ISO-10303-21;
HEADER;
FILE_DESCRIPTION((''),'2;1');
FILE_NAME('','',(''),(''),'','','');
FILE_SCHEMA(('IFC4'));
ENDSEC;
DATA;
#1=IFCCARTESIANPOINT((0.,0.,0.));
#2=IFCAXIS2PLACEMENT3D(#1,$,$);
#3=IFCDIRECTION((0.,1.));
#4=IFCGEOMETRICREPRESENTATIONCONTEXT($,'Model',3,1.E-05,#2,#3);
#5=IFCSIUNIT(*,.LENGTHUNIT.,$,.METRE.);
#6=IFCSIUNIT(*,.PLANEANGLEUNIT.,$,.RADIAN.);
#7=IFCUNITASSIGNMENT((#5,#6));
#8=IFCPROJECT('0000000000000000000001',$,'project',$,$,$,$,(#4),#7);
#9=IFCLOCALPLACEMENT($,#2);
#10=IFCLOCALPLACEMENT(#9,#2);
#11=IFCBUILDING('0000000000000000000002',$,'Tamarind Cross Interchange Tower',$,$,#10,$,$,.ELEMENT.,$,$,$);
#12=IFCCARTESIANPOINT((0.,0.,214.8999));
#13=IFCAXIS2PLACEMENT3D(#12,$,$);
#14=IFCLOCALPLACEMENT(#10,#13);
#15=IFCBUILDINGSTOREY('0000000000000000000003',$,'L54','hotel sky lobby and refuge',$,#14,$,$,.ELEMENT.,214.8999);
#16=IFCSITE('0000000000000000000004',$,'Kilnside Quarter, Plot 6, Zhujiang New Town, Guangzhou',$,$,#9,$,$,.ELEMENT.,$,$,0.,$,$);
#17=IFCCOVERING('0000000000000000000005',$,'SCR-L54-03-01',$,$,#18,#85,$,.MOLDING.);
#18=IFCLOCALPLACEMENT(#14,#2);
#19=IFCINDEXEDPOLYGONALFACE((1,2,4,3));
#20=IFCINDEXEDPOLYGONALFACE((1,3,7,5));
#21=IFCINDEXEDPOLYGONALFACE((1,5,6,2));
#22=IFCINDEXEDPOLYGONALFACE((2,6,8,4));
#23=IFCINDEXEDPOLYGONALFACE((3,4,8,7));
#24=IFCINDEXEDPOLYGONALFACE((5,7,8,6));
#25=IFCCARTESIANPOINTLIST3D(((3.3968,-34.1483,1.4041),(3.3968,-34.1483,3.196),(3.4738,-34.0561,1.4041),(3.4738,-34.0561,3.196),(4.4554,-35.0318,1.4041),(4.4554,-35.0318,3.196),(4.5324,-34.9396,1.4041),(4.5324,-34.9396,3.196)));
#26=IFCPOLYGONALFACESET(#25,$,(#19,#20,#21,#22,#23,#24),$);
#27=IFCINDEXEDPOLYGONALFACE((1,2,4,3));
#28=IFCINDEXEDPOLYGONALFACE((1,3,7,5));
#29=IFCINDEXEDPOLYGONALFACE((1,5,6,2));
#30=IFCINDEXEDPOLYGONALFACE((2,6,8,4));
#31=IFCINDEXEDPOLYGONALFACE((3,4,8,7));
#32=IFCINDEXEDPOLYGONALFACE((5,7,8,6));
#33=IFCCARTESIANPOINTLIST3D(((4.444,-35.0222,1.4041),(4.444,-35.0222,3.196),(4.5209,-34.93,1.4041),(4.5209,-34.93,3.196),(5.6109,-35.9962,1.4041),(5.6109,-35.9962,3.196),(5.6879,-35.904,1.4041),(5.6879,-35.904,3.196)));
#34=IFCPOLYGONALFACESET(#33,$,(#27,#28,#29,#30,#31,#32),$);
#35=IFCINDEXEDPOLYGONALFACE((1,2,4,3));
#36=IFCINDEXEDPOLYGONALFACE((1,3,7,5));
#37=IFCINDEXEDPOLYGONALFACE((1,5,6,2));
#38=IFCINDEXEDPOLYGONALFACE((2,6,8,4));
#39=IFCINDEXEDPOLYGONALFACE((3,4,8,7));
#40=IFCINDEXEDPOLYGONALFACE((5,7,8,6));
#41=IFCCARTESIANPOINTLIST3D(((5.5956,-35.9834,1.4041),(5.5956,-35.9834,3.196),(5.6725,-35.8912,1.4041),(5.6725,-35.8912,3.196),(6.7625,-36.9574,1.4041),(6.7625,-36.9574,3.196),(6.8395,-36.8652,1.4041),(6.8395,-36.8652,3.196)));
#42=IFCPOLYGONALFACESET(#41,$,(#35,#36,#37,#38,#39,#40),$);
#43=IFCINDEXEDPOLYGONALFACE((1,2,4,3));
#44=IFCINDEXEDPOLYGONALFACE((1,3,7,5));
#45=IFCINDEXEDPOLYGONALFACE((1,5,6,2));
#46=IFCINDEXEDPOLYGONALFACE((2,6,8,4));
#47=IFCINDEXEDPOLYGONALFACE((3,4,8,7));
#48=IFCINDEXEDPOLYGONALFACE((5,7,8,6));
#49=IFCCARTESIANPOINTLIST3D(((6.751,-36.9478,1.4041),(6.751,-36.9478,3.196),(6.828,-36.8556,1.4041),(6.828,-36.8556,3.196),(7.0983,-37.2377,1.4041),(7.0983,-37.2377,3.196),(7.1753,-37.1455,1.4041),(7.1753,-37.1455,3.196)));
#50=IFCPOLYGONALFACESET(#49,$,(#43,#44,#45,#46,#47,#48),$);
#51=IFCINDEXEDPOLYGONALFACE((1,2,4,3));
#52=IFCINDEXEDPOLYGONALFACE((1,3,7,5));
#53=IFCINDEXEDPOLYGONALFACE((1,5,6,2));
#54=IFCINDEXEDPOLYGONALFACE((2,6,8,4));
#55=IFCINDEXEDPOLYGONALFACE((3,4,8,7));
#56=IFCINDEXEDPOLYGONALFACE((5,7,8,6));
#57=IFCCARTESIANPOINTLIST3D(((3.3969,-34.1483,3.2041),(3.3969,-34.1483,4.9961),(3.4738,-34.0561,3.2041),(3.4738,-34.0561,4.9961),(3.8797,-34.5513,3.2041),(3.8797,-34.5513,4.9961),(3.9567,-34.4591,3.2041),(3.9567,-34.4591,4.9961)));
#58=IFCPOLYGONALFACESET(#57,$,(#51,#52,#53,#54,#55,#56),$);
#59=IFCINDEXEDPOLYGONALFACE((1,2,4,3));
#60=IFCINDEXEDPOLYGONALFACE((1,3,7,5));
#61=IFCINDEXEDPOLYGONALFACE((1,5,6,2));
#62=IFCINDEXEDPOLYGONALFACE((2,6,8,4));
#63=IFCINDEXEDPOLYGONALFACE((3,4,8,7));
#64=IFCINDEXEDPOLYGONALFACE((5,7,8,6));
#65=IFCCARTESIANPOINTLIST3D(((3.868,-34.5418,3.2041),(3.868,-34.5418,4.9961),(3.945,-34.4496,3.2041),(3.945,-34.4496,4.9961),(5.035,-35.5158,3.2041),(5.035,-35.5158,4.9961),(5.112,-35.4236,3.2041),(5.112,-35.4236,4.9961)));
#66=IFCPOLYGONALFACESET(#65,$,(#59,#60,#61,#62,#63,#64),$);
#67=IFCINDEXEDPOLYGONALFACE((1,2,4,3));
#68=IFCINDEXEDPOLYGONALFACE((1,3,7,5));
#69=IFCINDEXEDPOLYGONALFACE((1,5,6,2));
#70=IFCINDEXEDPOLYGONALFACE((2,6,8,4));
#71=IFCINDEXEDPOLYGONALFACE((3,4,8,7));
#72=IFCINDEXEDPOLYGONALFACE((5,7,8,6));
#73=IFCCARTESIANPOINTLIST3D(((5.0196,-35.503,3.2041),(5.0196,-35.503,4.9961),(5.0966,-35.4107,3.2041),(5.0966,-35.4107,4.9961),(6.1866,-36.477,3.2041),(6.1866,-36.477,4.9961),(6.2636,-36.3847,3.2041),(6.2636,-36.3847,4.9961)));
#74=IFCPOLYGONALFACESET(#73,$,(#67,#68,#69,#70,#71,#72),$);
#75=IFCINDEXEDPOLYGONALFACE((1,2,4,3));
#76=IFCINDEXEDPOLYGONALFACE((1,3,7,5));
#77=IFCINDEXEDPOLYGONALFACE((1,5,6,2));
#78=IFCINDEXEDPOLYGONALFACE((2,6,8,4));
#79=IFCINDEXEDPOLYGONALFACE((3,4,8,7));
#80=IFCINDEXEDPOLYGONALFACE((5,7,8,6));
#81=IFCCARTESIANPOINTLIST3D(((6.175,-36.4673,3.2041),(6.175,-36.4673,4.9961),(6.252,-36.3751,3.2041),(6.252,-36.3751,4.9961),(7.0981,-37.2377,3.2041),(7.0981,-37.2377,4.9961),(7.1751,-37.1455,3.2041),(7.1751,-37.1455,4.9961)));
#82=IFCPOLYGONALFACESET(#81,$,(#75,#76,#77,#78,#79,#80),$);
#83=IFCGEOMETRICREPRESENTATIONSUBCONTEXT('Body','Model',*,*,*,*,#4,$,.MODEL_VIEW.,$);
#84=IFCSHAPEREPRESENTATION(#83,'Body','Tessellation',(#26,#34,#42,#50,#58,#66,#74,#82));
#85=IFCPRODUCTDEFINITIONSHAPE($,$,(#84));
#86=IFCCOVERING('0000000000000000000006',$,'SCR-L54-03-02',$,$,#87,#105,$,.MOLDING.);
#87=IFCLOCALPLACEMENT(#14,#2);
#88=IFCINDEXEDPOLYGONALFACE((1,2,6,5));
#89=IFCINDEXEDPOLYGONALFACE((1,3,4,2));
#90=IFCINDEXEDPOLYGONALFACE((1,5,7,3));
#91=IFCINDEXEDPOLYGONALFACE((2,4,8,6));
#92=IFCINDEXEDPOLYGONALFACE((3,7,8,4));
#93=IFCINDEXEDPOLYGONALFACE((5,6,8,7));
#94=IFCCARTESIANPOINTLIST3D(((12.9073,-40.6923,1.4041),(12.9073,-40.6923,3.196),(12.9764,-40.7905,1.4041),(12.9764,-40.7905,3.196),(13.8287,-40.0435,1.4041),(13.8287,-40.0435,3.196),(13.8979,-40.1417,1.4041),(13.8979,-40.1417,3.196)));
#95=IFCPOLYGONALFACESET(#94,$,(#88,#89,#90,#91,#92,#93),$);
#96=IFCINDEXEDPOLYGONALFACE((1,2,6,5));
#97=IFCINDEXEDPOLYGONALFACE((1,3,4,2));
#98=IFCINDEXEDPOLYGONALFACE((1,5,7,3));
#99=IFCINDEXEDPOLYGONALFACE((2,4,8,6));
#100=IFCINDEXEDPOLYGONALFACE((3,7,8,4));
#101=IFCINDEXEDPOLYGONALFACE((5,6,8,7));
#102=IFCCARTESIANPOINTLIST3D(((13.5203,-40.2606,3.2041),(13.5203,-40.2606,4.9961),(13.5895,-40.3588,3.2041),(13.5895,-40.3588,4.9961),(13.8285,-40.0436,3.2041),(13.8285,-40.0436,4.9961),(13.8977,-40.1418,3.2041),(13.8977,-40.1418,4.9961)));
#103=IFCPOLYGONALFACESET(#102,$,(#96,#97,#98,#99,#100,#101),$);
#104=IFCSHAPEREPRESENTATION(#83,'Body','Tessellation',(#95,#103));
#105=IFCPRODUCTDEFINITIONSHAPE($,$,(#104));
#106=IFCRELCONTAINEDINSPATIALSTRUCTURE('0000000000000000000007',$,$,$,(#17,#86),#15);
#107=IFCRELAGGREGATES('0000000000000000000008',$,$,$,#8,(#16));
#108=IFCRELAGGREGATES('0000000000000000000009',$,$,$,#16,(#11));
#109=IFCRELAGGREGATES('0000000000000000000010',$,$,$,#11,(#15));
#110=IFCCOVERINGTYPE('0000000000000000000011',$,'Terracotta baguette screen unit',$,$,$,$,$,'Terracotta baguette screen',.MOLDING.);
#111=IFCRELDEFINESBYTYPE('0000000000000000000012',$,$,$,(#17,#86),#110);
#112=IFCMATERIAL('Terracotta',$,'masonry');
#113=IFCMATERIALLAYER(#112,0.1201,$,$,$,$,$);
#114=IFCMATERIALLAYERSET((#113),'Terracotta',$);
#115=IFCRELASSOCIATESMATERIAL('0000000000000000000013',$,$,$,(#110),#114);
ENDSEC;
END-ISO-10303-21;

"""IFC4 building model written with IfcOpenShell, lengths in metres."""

from ifc_helpers import new_model, si_unit, direction, frame, origin, origin_2d, place, context, subcontext, project, spatial, rectangle, extrude, material, layer, layer_set, type_object, element, save


model = new_model("IFC4")

# Units and contexts
model_context = context("Model", 3, precision=1e-05, world=origin(), true_north=direction((0.0, 1.0)))
body_context = subcontext(model_context, "Body", "Model", "MODEL_VIEW")
ifc_project = project(units=[si_unit("LENGTHUNIT", "METRE"), si_unit("PLANEANGLEUNIT", "RADIAN")], contexts=[model_context])

# Site, building, storey
site_placement = place(None, origin())
site = spatial("IfcSite", under=ifc_project, at=site_placement, Name="Kilnside Quarter, Plot 6, Zhujiang New Town, Guangzhou", CompositionType="ELEMENT", RefElevation=0.0)
building_placement = place(site_placement, origin())
building = spatial("IfcBuilding", under=site, at=building_placement, Name="Tamarind Cross Interchange Tower", CompositionType="ELEMENT")
storey_placement = place(building_placement, frame((0.0, 0.0, 214.8999)))
storey = spatial("IfcBuildingStorey", under=building, at=storey_placement, Name="L54", Description="hotel sky lobby and refuge", CompositionType="ELEMENT", Elevation=214.8999)

# Coverings
ifc_material_1 = material(Name="Terracotta", Category="masonry")
ifc_layer_1 = layer(ifc_material_1, 0.1201)
ifc_layer_set_1 = layer_set([ifc_layer_1], Name="Terracotta")
covering_type = type_object("IfcCoveringType", Name="Terracotta baguette screen unit", ElementType="Terracotta baguette screen", PredefinedType="MOLDING", material=ifc_layer_set_1)
covering_1_placement = place(storey_placement, origin())
element("IfcCovering", 1, at=covering_1_placement, inside=storey, type_object=covering_type, Name="SCR-L54-03-01", PredefinedType="MOLDING", context=body_context, shape_type="SweptSolid", body=[
    extrude(rectangle(XDim=1.3789, YDim=0.1201, at=origin_2d()), frame((3.9646, -34.5439, 1.4041), z_axis=(0.0, 0.0, 1.0), x_axis=(0.767729, -0.640775, 0.0)), (0.0, 0.0, 1.0), 1.792),
    extrude(rectangle(XDim=1.52, YDim=0.1201, at=origin_2d()), frame((5.0659, -35.4631, 1.4041), z_axis=(0.0, 0.0, 1.0), x_axis=(0.767729, -0.640775, 0.0)), (0.0, 0.0, 1.0), 1.792),
    extrude(rectangle(XDim=1.52, YDim=0.1201, at=origin_2d()), frame((6.2175, -36.4243, 1.4041), z_axis=(0.0, 0.0, 1.0), x_axis=(0.767729, -0.640775, 0.0)), (0.0, 0.0, 1.0), 1.792),
    extrude(rectangle(XDim=0.4524, YDim=0.1201, at=origin_2d()), frame((6.9631, -37.0466, 1.4041), z_axis=(0.0, 0.0, 1.0), x_axis=(0.767729, -0.640775, 0.0)), (0.0, 0.0, 1.0), 1.792),
    extrude(rectangle(XDim=0.6289, YDim=0.1201, at=origin_2d()), frame((3.6768, -34.3037, 3.2041), z_axis=(0.0, 0.0, 1.0), x_axis=(0.767729, -0.640775, 0.0)), (0.0, 0.0, 1.0), 1.792),
    extrude(rectangle(XDim=1.52, YDim=0.1201, at=origin_2d()), frame((4.49, -34.9827, 3.2041), z_axis=(0.0, 0.0, 1.0), x_axis=(0.767729, -0.640775, 0.0)), (0.0, 0.0, 1.0), 1.792),
    extrude(rectangle(XDim=1.52, YDim=0.1201, at=origin_2d()), frame((5.6416, -35.9438, 3.2041), z_axis=(0.0, 0.0, 1.0), x_axis=(0.767729, -0.640775, 0.0)), (0.0, 0.0, 1.0), 1.792),
    extrude(rectangle(XDim=1.2024, YDim=0.1201, at=origin_2d()), frame((6.675, -36.8064, 3.2041), z_axis=(0.0, 0.0, 1.0), x_axis=(0.767729, -0.640775, 0.0)), (0.0, 0.0, 1.0), 1.792),
])
covering_2_placement = place(storey_placement, origin())
element("IfcCovering", 2, at=covering_2_placement, inside=storey, type_object=covering_type, Name="SCR-L54-03-02", PredefinedType="MOLDING", context=body_context, shape_type="SweptSolid", body=[
    extrude(rectangle(XDim=1.127, YDim=0.1201, at=origin_2d()), frame((13.4026, -40.417, 1.4041), z_axis=(0.0, 0.0, 1.0), x_axis=(0.817644, 0.575725, 0.0)), (0.0, 0.0, 1.0), 1.792),
    extrude(rectangle(XDim=0.377, YDim=0.1201, at=origin_2d()), frame((13.709, -40.2012, 3.2041), z_axis=(0.0, 0.0, 1.0), x_axis=(0.817644, 0.575725, 0.0)), (0.0, 0.0, 1.0), 1.792),
])

save(model, "model.ifc")
